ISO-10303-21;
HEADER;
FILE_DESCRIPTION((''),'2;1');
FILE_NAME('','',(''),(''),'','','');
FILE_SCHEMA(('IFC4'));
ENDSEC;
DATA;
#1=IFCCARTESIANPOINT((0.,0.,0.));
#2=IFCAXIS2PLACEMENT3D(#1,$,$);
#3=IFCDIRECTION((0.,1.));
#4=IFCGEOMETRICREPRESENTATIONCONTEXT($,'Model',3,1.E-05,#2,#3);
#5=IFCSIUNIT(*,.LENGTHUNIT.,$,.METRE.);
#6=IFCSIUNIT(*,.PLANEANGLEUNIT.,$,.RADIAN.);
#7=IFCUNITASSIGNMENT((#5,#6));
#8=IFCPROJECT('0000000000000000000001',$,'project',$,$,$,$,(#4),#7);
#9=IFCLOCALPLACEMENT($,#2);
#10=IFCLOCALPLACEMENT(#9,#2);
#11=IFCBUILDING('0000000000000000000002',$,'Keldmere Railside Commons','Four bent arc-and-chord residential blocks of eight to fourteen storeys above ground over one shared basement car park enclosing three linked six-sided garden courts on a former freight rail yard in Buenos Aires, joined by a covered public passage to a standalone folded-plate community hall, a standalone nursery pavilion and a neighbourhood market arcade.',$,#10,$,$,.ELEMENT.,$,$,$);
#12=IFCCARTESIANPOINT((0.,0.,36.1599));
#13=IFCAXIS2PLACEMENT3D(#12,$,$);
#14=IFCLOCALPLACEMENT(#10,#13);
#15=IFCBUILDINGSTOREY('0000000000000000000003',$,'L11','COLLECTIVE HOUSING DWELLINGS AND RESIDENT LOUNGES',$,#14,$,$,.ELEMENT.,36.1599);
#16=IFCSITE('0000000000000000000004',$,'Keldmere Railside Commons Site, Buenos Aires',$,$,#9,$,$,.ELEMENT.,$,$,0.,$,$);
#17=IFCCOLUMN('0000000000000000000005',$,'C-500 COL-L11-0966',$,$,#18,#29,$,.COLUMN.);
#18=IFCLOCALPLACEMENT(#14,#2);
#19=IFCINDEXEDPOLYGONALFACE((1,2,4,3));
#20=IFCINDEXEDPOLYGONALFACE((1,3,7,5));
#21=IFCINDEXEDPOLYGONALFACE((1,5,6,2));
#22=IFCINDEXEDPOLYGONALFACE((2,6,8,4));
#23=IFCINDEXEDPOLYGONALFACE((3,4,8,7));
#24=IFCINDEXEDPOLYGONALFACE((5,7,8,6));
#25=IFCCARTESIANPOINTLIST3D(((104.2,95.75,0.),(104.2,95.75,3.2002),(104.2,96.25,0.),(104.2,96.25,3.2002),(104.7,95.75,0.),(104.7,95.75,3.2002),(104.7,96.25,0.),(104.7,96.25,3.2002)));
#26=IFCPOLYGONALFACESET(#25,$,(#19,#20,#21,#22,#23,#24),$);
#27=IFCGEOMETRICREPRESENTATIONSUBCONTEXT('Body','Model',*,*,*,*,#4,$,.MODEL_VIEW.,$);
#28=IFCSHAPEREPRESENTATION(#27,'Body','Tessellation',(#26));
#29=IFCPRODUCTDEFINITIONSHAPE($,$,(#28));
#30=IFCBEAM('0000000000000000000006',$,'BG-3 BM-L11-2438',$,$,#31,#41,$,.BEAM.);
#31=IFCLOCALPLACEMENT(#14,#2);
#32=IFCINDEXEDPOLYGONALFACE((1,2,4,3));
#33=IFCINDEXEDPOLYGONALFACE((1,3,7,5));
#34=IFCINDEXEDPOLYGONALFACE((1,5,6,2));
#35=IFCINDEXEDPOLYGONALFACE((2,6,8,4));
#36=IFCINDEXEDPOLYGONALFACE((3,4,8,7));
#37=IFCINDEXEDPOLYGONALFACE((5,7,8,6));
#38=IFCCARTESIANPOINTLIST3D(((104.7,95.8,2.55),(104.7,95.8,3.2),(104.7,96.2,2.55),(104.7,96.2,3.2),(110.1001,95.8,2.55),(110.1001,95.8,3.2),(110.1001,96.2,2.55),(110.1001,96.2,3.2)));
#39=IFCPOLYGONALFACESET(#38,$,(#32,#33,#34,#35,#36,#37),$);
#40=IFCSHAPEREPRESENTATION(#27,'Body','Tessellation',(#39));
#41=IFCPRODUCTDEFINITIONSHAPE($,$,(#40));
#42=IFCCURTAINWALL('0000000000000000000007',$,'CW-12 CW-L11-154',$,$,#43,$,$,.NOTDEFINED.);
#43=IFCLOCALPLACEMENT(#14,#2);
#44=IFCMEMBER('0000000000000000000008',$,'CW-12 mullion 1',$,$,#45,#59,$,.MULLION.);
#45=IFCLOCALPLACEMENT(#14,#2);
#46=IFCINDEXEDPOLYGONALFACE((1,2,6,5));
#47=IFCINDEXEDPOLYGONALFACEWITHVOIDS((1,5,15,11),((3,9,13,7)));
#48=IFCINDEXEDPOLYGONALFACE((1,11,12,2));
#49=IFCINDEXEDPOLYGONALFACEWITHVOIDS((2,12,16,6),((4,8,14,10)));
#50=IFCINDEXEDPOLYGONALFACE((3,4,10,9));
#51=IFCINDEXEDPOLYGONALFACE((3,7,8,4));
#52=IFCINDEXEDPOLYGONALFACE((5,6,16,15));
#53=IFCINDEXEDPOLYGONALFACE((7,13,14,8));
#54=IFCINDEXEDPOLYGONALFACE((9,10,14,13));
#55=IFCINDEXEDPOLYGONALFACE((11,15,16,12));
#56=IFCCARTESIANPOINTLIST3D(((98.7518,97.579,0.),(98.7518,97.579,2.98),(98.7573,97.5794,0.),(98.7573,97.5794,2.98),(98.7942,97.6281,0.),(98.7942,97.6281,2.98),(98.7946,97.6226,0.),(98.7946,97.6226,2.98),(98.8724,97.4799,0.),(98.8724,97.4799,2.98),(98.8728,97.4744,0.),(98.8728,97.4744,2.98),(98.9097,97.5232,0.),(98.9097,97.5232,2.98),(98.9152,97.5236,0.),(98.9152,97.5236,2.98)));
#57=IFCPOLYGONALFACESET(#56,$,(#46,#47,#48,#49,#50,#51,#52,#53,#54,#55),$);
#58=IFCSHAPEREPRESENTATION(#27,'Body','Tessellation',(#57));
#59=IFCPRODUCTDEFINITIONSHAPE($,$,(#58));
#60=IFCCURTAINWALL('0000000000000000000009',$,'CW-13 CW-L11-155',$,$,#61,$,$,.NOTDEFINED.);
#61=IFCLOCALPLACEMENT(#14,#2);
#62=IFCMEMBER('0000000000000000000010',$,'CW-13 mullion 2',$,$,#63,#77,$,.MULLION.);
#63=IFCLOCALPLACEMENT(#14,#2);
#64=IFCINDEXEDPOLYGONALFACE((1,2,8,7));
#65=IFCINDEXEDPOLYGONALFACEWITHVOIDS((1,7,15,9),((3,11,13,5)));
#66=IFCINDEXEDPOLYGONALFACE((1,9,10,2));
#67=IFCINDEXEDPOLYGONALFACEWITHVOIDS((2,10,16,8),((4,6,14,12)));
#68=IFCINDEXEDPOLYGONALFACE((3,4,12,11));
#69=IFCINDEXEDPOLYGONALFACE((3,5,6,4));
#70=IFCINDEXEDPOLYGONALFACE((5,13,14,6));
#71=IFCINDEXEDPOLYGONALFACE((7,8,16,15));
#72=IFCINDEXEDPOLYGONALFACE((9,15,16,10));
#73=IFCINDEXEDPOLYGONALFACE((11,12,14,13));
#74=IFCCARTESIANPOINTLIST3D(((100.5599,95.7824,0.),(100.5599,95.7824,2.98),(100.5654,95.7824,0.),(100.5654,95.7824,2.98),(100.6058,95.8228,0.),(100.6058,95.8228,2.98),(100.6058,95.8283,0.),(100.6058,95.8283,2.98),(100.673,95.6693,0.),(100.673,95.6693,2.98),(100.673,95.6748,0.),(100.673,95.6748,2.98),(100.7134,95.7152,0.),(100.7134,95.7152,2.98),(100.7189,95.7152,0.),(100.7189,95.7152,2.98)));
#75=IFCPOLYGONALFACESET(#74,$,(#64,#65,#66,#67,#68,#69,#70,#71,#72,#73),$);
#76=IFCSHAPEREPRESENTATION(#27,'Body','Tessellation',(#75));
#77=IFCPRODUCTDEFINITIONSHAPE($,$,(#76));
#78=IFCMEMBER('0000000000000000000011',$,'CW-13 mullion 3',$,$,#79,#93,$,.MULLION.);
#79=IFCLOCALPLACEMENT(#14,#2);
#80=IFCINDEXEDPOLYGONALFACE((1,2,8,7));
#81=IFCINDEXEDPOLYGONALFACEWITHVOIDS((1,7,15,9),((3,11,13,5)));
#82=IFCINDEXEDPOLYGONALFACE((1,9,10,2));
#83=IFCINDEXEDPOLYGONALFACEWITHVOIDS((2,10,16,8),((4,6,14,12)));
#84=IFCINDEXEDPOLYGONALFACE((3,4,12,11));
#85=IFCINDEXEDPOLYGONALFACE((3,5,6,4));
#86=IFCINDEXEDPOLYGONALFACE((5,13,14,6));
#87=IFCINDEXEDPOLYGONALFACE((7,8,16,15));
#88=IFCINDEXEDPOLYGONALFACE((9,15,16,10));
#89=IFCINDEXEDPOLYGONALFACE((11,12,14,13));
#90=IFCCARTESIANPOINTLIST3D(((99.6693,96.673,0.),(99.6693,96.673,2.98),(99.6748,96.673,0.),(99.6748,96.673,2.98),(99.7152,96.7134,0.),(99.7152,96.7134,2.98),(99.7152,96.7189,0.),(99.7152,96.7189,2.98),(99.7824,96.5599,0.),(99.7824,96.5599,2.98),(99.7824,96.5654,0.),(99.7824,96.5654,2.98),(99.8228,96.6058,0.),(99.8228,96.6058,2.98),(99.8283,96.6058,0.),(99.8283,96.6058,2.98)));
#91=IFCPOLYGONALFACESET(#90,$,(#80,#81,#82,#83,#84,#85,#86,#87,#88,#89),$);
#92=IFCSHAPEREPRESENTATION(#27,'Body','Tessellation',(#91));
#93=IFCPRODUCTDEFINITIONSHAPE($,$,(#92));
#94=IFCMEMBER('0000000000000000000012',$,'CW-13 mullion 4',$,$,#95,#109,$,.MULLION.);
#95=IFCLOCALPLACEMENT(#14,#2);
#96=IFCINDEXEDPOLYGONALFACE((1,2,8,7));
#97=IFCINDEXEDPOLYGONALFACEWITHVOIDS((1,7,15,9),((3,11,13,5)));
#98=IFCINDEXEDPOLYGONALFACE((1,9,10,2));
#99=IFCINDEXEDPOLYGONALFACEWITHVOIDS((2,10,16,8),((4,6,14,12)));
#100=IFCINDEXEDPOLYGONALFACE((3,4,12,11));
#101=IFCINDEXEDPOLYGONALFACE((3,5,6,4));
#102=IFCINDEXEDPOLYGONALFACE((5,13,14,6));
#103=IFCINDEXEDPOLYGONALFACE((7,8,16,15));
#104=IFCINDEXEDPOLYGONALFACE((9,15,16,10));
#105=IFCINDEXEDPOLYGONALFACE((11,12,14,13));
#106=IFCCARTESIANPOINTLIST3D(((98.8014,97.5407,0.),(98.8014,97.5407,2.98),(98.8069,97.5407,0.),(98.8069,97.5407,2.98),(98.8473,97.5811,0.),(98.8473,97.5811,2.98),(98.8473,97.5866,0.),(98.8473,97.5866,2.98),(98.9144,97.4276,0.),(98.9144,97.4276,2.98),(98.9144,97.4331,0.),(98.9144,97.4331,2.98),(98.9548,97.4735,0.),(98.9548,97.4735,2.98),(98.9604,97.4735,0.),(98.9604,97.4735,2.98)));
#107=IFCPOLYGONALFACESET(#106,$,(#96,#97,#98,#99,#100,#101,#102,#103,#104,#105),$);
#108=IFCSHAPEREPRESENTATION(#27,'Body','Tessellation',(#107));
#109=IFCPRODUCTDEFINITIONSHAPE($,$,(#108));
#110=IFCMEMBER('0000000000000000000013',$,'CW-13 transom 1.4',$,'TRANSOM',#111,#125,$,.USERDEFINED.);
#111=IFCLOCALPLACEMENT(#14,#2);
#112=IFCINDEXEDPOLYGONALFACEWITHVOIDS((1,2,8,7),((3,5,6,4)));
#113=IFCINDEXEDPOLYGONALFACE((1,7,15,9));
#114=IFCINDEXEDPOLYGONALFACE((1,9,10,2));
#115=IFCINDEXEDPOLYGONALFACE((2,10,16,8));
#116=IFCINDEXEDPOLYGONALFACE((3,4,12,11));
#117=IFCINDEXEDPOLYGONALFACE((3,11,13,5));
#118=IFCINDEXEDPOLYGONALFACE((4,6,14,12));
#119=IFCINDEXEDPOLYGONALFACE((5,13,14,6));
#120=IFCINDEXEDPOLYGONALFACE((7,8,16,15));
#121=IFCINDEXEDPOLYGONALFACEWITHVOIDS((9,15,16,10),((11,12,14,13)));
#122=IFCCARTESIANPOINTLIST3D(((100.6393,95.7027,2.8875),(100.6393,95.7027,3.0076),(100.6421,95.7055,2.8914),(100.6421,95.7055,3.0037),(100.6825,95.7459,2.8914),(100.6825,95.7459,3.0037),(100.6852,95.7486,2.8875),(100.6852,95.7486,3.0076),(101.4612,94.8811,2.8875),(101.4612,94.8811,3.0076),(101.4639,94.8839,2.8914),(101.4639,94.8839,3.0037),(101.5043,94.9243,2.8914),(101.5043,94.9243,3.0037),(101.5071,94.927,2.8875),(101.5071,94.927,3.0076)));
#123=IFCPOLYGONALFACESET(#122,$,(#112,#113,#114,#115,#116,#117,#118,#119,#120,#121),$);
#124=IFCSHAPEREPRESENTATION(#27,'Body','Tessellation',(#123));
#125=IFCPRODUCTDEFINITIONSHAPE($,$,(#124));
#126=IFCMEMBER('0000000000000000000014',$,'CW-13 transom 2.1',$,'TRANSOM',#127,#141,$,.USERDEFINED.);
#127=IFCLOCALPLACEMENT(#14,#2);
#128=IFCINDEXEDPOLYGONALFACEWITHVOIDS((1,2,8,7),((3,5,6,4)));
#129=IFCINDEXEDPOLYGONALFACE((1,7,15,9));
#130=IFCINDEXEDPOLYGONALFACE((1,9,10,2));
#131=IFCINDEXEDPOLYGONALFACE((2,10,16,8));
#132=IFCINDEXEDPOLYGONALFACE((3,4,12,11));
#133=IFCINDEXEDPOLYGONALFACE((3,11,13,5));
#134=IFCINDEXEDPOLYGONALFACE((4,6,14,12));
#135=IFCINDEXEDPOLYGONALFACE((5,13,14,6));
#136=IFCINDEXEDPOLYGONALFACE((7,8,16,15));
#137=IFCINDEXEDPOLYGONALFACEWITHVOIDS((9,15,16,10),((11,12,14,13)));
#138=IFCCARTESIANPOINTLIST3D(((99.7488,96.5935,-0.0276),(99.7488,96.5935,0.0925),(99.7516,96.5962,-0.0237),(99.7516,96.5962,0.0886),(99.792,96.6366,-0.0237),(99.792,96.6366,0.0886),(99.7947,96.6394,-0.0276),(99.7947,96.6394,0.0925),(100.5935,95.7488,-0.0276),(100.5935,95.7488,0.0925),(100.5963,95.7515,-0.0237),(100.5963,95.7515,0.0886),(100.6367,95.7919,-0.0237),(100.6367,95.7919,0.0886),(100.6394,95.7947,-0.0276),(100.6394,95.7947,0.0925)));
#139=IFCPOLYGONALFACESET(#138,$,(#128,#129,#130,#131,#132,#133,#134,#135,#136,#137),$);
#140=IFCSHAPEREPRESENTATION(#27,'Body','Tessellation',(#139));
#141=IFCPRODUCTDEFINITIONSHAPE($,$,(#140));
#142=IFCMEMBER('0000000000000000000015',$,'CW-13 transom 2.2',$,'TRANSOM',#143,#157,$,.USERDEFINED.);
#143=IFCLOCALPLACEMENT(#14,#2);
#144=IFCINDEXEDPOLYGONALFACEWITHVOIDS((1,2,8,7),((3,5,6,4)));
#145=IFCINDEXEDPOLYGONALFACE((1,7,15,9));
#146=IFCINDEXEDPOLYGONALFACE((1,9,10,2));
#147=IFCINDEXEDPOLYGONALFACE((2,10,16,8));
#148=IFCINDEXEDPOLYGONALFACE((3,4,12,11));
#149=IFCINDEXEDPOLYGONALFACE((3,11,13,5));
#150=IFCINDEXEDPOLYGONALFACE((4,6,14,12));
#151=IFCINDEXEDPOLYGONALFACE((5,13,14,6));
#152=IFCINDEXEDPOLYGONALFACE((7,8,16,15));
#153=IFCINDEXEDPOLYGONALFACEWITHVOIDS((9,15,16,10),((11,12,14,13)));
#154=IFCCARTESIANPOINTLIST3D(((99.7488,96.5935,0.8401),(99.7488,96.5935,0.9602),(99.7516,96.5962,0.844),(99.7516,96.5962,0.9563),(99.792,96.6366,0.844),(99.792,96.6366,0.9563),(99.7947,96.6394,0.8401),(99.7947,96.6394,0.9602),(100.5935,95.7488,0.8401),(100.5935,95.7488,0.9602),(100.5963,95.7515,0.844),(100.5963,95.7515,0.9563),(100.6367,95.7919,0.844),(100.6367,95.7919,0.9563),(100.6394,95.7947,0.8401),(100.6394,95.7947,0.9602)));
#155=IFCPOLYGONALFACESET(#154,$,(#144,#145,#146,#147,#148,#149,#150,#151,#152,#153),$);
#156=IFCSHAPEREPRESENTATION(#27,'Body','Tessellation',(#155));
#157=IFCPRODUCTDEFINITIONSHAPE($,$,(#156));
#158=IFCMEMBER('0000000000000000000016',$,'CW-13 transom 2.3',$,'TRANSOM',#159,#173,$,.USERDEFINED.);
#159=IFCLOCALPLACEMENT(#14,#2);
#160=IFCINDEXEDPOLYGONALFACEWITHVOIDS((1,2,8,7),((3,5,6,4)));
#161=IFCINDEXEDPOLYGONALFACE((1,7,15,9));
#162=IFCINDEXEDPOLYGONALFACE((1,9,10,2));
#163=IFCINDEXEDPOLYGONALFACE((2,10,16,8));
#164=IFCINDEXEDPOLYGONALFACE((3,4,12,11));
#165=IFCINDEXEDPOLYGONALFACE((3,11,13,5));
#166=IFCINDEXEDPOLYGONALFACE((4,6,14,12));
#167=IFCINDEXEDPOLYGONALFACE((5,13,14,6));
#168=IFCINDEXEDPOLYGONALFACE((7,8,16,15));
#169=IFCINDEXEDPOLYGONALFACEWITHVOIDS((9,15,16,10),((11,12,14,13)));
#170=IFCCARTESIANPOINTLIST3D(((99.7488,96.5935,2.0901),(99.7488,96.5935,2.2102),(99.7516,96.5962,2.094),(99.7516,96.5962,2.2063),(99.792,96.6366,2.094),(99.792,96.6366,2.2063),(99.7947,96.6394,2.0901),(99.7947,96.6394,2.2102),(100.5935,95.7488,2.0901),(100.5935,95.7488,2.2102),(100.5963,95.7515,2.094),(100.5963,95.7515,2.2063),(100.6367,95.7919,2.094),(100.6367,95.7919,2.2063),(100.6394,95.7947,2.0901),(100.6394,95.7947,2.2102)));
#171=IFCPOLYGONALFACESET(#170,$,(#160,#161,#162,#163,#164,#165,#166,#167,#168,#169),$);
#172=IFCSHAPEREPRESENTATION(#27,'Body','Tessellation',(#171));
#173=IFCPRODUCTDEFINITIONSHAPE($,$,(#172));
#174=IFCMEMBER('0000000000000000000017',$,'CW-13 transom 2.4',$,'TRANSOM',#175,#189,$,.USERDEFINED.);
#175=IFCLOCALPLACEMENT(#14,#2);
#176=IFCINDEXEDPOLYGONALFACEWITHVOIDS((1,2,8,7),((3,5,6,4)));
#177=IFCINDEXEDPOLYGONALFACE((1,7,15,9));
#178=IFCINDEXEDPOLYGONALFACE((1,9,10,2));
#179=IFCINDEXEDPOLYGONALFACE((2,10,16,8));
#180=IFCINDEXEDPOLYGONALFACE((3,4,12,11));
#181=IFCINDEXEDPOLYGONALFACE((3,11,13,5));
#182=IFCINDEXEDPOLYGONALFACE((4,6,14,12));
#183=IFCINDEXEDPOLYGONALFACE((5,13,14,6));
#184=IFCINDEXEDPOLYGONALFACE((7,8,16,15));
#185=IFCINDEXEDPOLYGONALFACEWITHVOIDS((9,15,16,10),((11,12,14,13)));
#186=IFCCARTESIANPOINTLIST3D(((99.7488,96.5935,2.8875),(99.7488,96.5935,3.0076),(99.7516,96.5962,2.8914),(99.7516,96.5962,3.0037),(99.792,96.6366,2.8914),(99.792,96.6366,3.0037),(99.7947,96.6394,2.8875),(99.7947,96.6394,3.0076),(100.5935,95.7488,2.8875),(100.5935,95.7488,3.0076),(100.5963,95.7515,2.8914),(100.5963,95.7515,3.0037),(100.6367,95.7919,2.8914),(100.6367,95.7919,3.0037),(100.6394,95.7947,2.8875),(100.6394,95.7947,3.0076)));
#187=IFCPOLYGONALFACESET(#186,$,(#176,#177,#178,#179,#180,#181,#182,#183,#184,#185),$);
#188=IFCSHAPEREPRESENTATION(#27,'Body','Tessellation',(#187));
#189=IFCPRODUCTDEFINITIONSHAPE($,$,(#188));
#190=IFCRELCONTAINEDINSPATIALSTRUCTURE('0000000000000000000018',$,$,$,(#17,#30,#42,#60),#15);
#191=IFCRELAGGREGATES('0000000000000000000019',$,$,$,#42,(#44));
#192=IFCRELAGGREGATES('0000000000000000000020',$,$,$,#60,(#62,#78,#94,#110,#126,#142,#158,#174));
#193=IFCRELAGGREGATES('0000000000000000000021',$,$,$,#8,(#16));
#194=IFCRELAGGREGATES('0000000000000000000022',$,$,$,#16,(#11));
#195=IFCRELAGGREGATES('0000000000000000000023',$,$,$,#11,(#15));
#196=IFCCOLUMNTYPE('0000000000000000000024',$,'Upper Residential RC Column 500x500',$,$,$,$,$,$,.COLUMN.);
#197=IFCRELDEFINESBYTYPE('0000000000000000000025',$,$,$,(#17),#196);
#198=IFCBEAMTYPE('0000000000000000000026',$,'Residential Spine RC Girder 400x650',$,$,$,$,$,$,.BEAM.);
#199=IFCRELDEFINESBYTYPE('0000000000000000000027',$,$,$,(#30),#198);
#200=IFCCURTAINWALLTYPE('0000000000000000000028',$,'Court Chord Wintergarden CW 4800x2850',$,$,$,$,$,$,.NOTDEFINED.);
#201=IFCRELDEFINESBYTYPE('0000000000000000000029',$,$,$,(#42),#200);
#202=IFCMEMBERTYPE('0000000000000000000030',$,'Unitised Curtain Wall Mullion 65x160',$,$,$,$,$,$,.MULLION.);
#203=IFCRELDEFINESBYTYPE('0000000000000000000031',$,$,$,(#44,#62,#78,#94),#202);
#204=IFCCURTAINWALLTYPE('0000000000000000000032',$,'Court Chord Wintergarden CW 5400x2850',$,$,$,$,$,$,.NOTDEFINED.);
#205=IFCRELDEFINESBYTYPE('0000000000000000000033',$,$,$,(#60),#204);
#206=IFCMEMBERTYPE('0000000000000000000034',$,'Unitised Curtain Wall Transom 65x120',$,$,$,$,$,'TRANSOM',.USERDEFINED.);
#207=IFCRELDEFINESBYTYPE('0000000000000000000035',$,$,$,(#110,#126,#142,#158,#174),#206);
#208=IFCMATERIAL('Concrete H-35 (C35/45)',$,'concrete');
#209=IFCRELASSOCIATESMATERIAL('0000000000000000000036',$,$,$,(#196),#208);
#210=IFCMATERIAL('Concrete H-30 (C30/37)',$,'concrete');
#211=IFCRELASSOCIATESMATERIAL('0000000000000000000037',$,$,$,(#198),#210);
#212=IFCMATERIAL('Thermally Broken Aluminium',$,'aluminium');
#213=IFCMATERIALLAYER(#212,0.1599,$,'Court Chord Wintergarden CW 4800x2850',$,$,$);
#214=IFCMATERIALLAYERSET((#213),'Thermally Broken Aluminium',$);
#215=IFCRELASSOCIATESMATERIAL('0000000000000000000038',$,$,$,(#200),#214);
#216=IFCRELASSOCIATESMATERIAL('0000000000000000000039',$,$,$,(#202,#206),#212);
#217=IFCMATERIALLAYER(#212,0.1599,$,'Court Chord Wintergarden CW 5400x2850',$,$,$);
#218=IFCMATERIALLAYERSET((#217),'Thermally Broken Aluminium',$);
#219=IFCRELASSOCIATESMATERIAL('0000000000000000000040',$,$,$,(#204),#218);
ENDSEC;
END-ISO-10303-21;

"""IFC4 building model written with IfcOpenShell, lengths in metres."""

from ifc_helpers import new_model, si_unit, direction, frame, origin, origin_2d, place, context, subcontext, project, spatial, rectangle, hollow_rectangle, extrude, material, layer, layer_set, material_profile, profile_set, type_object, element, aggregate, save


model = new_model("IFC4")

# Units and contexts
model_context = context("Model", 3, precision=1e-05, world=origin(), true_north=direction((0.0, 1.0)))
body_context = subcontext(model_context, "Body", "Model", "MODEL_VIEW")
ifc_project = project(units=[si_unit("LENGTHUNIT", "METRE"), si_unit("PLANEANGLEUNIT", "RADIAN")], contexts=[model_context])

# Site, building, storey
site_placement = place(None, origin())
site = spatial("IfcSite", under=ifc_project, at=site_placement, Name="Keldmere Railside Commons Site, Buenos Aires", CompositionType="ELEMENT", RefElevation=0.0)
building_placement = place(site_placement, origin())
building = spatial("IfcBuilding", under=site, at=building_placement, Name="Keldmere Railside Commons", Description="Four bent arc-and-chord residential blocks of eight to fourteen storeys above ground over one shared basement car park enclosing three linked six-sided garden courts on a former freight rail yard in Buenos Aires, joined by a covered public passage to a standalone folded-plate community hall, a standalone nursery pavilion and a neighbourhood market arcade.", CompositionType="ELEMENT")
storey_placement = place(building_placement, frame((0.0, 0.0, 36.1599)))
storey = spatial("IfcBuildingStorey", under=building, at=storey_placement, Name="L11", Description="COLLECTIVE HOUSING DWELLINGS AND RESIDENT LOUNGES", CompositionType="ELEMENT", Elevation=36.1599)

# Column
ifc_material_1 = material(Name="Concrete H-35 (C35/45)", Category="concrete")
ifc_material_profile_1 = material_profile(ifc_material_1, rectangle(XDim=0.5, YDim=0.5, at=origin_2d()), Name="RC-500x500")
ifc_profile_set_1 = profile_set([ifc_material_profile_1], Name="Concrete H-35 (C35/45)")
column_type = type_object("IfcColumnType", Name="Upper Residential RC Column 500x500", PredefinedType="COLUMN", material=ifc_profile_set_1)
column_placement = place(storey_placement, frame((104.45, 96.0, 0.0), z_axis=(0.0, 0.0, 1.0), x_axis=(1.0, 0.0, 0.0)))
element("IfcColumn", 1, at=column_placement, inside=storey, type_object=column_type, Name="C-500 COL-L11-0966", PredefinedType="COLUMN", context=body_context, shape_type="SweptSolid", body=[
    extrude(rectangle(XDim=0.5, YDim=0.5, at=origin_2d()), origin(), (0.0, 0.0, 1.0), 3.2002),
])

# Beam
ifc_material_2 = material(Name="Concrete H-30 (C30/37)", Category="concrete")
ifc_material_profile_2 = material_profile(ifc_material_2, rectangle(XDim=0.3999, YDim=0.6499, at=origin_2d()), Name="RC-400x650")
ifc_profile_set_2 = profile_set([ifc_material_profile_2], Name="Concrete H-30 (C30/37)")
beam_type = type_object("IfcBeamType", Name="Residential Spine RC Girder 400x650", PredefinedType="BEAM", material=ifc_profile_set_2)
beam_placement = place(storey_placement, frame((104.7, 96.0, 2.875), z_axis=(1.0, 0.0, 0.0), x_axis=(0.0, 1.0, 0.0)))
element("IfcBeam", 2, at=beam_placement, inside=storey, type_object=beam_type, Name="BG-3 BM-L11-2438", PredefinedType="BEAM", context=body_context, shape_type="SweptSolid", body=[
    extrude(rectangle(XDim=0.3999, YDim=0.6499, at=origin_2d()), origin(), (0.0, 0.0, 1.0), 5.4001),
])

# Curtain wall, member
ifc_material_3 = material(Name="Thermally Broken Aluminium", Category="aluminium")
ifc_layer_1 = layer(ifc_material_3, 0.1599, Name="Court Chord Wintergarden CW 4800x2850")
ifc_layer_set_1 = layer_set([ifc_layer_1], Name="Thermally Broken Aluminium")
curtain_wall_type_1 = type_object("IfcCurtainWallType", Name="Court Chord Wintergarden CW 4800x2850", PredefinedType="NOTDEFINED", material=ifc_layer_set_1)
curtain_wall_1_placement = place(storey_placement, origin())
curtain_wall_1 = element("IfcCurtainWall", 3, at=curtain_wall_1_placement, inside=storey, type_object=curtain_wall_type_1, Name="CW-12 CW-L11-154", PredefinedType="NOTDEFINED")
ifc_material_profile_3 = material_profile(ifc_material_3, hollow_rectangle(XDim=0.0649, YDim=0.1599, WallThickness=0.0039, at=origin_2d()), Name="ALU-MULL-65x160")
ifc_profile_set_3 = profile_set([ifc_material_profile_3], Name="Thermally Broken Aluminium")
member_type_1 = type_object("IfcMemberType", Name="Unitised Curtain Wall Mullion 65x160", PredefinedType="MULLION", material=ifc_profile_set_3)
member_1_placement = place(storey_placement, frame((98.8335, 97.5513, 0.0), z_axis=(0.0, 0.0, 1.0), x_axis=(-0.653882, -0.756597, 0.0)))
member_1 = element("IfcMember", 4, at=member_1_placement, type_object=member_type_1, Name="CW-12 mullion 1", PredefinedType="MULLION", context=body_context, shape_type="SweptSolid", body=[
    extrude(hollow_rectangle(XDim=0.0649, YDim=0.1599, WallThickness=0.0039, at=origin_2d()), origin(), (0.0, 0.0, 1.0), 2.98),
])
aggregate(curtain_wall_1, [member_1])

# Curtain wall, members
ifc_layer_2 = layer(ifc_material_3, 0.1599, Name="Court Chord Wintergarden CW 5400x2850")
ifc_layer_set_2 = layer_set([ifc_layer_2], Name="Thermally Broken Aluminium")
curtain_wall_type_2 = type_object("IfcCurtainWallType", Name="Court Chord Wintergarden CW 5400x2850", PredefinedType="NOTDEFINED", material=ifc_layer_set_2)
curtain_wall_2_placement = place(storey_placement, origin())
curtain_wall_2 = element("IfcCurtainWall", 5, at=curtain_wall_2_placement, inside=storey, type_object=curtain_wall_type_2, Name="CW-13 CW-L11-155", PredefinedType="NOTDEFINED")
member_2_placement = place(storey_placement, frame((100.6394, 95.7488, 0.0), z_axis=(0.0, 0.0, 1.0), x_axis=(-0.707107, -0.707107, 0.0)))
member_2 = element("IfcMember", 6, at=member_2_placement, type_object=member_type_1, Name="CW-13 mullion 2", PredefinedType="MULLION", context=body_context, shape_type="SweptSolid", body=[
    extrude(hollow_rectangle(XDim=0.0649, YDim=0.1599, WallThickness=0.0039, at=origin_2d()), origin(), (0.0, 0.0, 1.0), 2.98),
])
member_3_placement = place(storey_placement, frame((99.7488, 96.6394, 0.0), z_axis=(0.0, 0.0, 1.0), x_axis=(-0.707107, -0.707107, 0.0)))
member_3 = element("IfcMember", 7, at=member_3_placement, type_object=member_type_1, Name="CW-13 mullion 3", PredefinedType="MULLION", context=body_context, shape_type="SweptSolid", body=[
    extrude(hollow_rectangle(XDim=0.0649, YDim=0.1599, WallThickness=0.0039, at=origin_2d()), origin(), (0.0, 0.0, 1.0), 2.98),
])
member_4_placement = place(storey_placement, frame((98.8809, 97.5071, 0.0), z_axis=(0.0, 0.0, 1.0), x_axis=(-0.707107, -0.707107, 0.0)))
member_4 = element("IfcMember", 8, at=member_4_placement, type_object=member_type_1, Name="CW-13 mullion 4", PredefinedType="MULLION", context=body_context, shape_type="SweptSolid", body=[
    extrude(hollow_rectangle(XDim=0.0649, YDim=0.1599, WallThickness=0.0039, at=origin_2d()), origin(), (0.0, 0.0, 1.0), 2.98),
])
ifc_material_profile_4 = material_profile(ifc_material_3, hollow_rectangle(XDim=0.0649, YDim=0.1201, WallThickness=0.0039, at=origin_2d()), Name="ALU-TRAN-65x120")
ifc_profile_set_4 = profile_set([ifc_material_profile_4], Name="Thermally Broken Aluminium")
member_type_2 = type_object("IfcMemberType", Name="Unitised Curtain Wall Transom 65x120", ElementType="TRANSOM", PredefinedType="USERDEFINED", material=ifc_profile_set_4)
member_5_placement = place(storey_placement, frame((101.4841, 94.9041, 2.9475), z_axis=(-0.707212, 0.707002, 0.0), x_axis=(-0.707002, -0.707212, 0.0)))
member_5 = element("IfcMember", 9, at=member_5_placement, type_object=member_type_2, Name="CW-13 transom 1.4", ObjectType="TRANSOM", PredefinedType="USERDEFINED", context=body_context, shape_type="SweptSolid", body=[
    extrude(hollow_rectangle(XDim=0.0649, YDim=0.1201, WallThickness=0.0039, at=origin_2d()), origin(), (0.0, 0.0, 1.0), 1.1621),
])
member_6_placement = place(storey_placement, frame((100.6165, 95.7717, 0.0325), z_axis=(-0.707107, 0.707107, 0.0), x_axis=(-0.707107, -0.707107, 0.0)))
member_6 = element("IfcMember", 10, at=member_6_placement, type_object=member_type_2, Name="CW-13 transom 2.1", ObjectType="TRANSOM", PredefinedType="USERDEFINED", context=body_context, shape_type="SweptSolid", body=[
    extrude(hollow_rectangle(XDim=0.0649, YDim=0.1201, WallThickness=0.0039, at=origin_2d()), origin(), (0.0, 0.0, 1.0), 1.1946),
])
member_7_placement = place(storey_placement, frame((100.6165, 95.7717, 0.9001), z_axis=(-0.707107, 0.707107, 0.0), x_axis=(-0.707107, -0.707107, 0.0)))
member_7 = element("IfcMember", 11, at=member_7_placement, type_object=member_type_2, Name="CW-13 transom 2.2", ObjectType="TRANSOM", PredefinedType="USERDEFINED", context=body_context, shape_type="SweptSolid", body=[
    extrude(hollow_rectangle(XDim=0.0649, YDim=0.1201, WallThickness=0.0039, at=origin_2d()), origin(), (0.0, 0.0, 1.0), 1.1946),
])
member_8_placement = place(storey_placement, frame((100.6165, 95.7717, 2.1501), z_axis=(-0.707107, 0.707107, 0.0), x_axis=(-0.707107, -0.707107, 0.0)))
member_8 = element("IfcMember", 12, at=member_8_placement, type_object=member_type_2, Name="CW-13 transom 2.3", ObjectType="TRANSOM", PredefinedType="USERDEFINED", context=body_context, shape_type="SweptSolid", body=[
    extrude(hollow_rectangle(XDim=0.0649, YDim=0.1201, WallThickness=0.0039, at=origin_2d()), origin(), (0.0, 0.0, 1.0), 1.1946),
])
member_9_placement = place(storey_placement, frame((100.6165, 95.7717, 2.9475), z_axis=(-0.707107, 0.707107, 0.0), x_axis=(-0.707107, -0.707107, 0.0)))
member_9 = element("IfcMember", 13, at=member_9_placement, type_object=member_type_2, Name="CW-13 transom 2.4", ObjectType="TRANSOM", PredefinedType="USERDEFINED", context=body_context, shape_type="SweptSolid", body=[
    extrude(hollow_rectangle(XDim=0.0649, YDim=0.1201, WallThickness=0.0039, at=origin_2d()), origin(), (0.0, 0.0, 1.0), 1.1946),
])
aggregate(curtain_wall_2, [member_2, member_3, member_4, member_5, member_6, member_7, member_8, member_9])

save(model, "model.ifc")
